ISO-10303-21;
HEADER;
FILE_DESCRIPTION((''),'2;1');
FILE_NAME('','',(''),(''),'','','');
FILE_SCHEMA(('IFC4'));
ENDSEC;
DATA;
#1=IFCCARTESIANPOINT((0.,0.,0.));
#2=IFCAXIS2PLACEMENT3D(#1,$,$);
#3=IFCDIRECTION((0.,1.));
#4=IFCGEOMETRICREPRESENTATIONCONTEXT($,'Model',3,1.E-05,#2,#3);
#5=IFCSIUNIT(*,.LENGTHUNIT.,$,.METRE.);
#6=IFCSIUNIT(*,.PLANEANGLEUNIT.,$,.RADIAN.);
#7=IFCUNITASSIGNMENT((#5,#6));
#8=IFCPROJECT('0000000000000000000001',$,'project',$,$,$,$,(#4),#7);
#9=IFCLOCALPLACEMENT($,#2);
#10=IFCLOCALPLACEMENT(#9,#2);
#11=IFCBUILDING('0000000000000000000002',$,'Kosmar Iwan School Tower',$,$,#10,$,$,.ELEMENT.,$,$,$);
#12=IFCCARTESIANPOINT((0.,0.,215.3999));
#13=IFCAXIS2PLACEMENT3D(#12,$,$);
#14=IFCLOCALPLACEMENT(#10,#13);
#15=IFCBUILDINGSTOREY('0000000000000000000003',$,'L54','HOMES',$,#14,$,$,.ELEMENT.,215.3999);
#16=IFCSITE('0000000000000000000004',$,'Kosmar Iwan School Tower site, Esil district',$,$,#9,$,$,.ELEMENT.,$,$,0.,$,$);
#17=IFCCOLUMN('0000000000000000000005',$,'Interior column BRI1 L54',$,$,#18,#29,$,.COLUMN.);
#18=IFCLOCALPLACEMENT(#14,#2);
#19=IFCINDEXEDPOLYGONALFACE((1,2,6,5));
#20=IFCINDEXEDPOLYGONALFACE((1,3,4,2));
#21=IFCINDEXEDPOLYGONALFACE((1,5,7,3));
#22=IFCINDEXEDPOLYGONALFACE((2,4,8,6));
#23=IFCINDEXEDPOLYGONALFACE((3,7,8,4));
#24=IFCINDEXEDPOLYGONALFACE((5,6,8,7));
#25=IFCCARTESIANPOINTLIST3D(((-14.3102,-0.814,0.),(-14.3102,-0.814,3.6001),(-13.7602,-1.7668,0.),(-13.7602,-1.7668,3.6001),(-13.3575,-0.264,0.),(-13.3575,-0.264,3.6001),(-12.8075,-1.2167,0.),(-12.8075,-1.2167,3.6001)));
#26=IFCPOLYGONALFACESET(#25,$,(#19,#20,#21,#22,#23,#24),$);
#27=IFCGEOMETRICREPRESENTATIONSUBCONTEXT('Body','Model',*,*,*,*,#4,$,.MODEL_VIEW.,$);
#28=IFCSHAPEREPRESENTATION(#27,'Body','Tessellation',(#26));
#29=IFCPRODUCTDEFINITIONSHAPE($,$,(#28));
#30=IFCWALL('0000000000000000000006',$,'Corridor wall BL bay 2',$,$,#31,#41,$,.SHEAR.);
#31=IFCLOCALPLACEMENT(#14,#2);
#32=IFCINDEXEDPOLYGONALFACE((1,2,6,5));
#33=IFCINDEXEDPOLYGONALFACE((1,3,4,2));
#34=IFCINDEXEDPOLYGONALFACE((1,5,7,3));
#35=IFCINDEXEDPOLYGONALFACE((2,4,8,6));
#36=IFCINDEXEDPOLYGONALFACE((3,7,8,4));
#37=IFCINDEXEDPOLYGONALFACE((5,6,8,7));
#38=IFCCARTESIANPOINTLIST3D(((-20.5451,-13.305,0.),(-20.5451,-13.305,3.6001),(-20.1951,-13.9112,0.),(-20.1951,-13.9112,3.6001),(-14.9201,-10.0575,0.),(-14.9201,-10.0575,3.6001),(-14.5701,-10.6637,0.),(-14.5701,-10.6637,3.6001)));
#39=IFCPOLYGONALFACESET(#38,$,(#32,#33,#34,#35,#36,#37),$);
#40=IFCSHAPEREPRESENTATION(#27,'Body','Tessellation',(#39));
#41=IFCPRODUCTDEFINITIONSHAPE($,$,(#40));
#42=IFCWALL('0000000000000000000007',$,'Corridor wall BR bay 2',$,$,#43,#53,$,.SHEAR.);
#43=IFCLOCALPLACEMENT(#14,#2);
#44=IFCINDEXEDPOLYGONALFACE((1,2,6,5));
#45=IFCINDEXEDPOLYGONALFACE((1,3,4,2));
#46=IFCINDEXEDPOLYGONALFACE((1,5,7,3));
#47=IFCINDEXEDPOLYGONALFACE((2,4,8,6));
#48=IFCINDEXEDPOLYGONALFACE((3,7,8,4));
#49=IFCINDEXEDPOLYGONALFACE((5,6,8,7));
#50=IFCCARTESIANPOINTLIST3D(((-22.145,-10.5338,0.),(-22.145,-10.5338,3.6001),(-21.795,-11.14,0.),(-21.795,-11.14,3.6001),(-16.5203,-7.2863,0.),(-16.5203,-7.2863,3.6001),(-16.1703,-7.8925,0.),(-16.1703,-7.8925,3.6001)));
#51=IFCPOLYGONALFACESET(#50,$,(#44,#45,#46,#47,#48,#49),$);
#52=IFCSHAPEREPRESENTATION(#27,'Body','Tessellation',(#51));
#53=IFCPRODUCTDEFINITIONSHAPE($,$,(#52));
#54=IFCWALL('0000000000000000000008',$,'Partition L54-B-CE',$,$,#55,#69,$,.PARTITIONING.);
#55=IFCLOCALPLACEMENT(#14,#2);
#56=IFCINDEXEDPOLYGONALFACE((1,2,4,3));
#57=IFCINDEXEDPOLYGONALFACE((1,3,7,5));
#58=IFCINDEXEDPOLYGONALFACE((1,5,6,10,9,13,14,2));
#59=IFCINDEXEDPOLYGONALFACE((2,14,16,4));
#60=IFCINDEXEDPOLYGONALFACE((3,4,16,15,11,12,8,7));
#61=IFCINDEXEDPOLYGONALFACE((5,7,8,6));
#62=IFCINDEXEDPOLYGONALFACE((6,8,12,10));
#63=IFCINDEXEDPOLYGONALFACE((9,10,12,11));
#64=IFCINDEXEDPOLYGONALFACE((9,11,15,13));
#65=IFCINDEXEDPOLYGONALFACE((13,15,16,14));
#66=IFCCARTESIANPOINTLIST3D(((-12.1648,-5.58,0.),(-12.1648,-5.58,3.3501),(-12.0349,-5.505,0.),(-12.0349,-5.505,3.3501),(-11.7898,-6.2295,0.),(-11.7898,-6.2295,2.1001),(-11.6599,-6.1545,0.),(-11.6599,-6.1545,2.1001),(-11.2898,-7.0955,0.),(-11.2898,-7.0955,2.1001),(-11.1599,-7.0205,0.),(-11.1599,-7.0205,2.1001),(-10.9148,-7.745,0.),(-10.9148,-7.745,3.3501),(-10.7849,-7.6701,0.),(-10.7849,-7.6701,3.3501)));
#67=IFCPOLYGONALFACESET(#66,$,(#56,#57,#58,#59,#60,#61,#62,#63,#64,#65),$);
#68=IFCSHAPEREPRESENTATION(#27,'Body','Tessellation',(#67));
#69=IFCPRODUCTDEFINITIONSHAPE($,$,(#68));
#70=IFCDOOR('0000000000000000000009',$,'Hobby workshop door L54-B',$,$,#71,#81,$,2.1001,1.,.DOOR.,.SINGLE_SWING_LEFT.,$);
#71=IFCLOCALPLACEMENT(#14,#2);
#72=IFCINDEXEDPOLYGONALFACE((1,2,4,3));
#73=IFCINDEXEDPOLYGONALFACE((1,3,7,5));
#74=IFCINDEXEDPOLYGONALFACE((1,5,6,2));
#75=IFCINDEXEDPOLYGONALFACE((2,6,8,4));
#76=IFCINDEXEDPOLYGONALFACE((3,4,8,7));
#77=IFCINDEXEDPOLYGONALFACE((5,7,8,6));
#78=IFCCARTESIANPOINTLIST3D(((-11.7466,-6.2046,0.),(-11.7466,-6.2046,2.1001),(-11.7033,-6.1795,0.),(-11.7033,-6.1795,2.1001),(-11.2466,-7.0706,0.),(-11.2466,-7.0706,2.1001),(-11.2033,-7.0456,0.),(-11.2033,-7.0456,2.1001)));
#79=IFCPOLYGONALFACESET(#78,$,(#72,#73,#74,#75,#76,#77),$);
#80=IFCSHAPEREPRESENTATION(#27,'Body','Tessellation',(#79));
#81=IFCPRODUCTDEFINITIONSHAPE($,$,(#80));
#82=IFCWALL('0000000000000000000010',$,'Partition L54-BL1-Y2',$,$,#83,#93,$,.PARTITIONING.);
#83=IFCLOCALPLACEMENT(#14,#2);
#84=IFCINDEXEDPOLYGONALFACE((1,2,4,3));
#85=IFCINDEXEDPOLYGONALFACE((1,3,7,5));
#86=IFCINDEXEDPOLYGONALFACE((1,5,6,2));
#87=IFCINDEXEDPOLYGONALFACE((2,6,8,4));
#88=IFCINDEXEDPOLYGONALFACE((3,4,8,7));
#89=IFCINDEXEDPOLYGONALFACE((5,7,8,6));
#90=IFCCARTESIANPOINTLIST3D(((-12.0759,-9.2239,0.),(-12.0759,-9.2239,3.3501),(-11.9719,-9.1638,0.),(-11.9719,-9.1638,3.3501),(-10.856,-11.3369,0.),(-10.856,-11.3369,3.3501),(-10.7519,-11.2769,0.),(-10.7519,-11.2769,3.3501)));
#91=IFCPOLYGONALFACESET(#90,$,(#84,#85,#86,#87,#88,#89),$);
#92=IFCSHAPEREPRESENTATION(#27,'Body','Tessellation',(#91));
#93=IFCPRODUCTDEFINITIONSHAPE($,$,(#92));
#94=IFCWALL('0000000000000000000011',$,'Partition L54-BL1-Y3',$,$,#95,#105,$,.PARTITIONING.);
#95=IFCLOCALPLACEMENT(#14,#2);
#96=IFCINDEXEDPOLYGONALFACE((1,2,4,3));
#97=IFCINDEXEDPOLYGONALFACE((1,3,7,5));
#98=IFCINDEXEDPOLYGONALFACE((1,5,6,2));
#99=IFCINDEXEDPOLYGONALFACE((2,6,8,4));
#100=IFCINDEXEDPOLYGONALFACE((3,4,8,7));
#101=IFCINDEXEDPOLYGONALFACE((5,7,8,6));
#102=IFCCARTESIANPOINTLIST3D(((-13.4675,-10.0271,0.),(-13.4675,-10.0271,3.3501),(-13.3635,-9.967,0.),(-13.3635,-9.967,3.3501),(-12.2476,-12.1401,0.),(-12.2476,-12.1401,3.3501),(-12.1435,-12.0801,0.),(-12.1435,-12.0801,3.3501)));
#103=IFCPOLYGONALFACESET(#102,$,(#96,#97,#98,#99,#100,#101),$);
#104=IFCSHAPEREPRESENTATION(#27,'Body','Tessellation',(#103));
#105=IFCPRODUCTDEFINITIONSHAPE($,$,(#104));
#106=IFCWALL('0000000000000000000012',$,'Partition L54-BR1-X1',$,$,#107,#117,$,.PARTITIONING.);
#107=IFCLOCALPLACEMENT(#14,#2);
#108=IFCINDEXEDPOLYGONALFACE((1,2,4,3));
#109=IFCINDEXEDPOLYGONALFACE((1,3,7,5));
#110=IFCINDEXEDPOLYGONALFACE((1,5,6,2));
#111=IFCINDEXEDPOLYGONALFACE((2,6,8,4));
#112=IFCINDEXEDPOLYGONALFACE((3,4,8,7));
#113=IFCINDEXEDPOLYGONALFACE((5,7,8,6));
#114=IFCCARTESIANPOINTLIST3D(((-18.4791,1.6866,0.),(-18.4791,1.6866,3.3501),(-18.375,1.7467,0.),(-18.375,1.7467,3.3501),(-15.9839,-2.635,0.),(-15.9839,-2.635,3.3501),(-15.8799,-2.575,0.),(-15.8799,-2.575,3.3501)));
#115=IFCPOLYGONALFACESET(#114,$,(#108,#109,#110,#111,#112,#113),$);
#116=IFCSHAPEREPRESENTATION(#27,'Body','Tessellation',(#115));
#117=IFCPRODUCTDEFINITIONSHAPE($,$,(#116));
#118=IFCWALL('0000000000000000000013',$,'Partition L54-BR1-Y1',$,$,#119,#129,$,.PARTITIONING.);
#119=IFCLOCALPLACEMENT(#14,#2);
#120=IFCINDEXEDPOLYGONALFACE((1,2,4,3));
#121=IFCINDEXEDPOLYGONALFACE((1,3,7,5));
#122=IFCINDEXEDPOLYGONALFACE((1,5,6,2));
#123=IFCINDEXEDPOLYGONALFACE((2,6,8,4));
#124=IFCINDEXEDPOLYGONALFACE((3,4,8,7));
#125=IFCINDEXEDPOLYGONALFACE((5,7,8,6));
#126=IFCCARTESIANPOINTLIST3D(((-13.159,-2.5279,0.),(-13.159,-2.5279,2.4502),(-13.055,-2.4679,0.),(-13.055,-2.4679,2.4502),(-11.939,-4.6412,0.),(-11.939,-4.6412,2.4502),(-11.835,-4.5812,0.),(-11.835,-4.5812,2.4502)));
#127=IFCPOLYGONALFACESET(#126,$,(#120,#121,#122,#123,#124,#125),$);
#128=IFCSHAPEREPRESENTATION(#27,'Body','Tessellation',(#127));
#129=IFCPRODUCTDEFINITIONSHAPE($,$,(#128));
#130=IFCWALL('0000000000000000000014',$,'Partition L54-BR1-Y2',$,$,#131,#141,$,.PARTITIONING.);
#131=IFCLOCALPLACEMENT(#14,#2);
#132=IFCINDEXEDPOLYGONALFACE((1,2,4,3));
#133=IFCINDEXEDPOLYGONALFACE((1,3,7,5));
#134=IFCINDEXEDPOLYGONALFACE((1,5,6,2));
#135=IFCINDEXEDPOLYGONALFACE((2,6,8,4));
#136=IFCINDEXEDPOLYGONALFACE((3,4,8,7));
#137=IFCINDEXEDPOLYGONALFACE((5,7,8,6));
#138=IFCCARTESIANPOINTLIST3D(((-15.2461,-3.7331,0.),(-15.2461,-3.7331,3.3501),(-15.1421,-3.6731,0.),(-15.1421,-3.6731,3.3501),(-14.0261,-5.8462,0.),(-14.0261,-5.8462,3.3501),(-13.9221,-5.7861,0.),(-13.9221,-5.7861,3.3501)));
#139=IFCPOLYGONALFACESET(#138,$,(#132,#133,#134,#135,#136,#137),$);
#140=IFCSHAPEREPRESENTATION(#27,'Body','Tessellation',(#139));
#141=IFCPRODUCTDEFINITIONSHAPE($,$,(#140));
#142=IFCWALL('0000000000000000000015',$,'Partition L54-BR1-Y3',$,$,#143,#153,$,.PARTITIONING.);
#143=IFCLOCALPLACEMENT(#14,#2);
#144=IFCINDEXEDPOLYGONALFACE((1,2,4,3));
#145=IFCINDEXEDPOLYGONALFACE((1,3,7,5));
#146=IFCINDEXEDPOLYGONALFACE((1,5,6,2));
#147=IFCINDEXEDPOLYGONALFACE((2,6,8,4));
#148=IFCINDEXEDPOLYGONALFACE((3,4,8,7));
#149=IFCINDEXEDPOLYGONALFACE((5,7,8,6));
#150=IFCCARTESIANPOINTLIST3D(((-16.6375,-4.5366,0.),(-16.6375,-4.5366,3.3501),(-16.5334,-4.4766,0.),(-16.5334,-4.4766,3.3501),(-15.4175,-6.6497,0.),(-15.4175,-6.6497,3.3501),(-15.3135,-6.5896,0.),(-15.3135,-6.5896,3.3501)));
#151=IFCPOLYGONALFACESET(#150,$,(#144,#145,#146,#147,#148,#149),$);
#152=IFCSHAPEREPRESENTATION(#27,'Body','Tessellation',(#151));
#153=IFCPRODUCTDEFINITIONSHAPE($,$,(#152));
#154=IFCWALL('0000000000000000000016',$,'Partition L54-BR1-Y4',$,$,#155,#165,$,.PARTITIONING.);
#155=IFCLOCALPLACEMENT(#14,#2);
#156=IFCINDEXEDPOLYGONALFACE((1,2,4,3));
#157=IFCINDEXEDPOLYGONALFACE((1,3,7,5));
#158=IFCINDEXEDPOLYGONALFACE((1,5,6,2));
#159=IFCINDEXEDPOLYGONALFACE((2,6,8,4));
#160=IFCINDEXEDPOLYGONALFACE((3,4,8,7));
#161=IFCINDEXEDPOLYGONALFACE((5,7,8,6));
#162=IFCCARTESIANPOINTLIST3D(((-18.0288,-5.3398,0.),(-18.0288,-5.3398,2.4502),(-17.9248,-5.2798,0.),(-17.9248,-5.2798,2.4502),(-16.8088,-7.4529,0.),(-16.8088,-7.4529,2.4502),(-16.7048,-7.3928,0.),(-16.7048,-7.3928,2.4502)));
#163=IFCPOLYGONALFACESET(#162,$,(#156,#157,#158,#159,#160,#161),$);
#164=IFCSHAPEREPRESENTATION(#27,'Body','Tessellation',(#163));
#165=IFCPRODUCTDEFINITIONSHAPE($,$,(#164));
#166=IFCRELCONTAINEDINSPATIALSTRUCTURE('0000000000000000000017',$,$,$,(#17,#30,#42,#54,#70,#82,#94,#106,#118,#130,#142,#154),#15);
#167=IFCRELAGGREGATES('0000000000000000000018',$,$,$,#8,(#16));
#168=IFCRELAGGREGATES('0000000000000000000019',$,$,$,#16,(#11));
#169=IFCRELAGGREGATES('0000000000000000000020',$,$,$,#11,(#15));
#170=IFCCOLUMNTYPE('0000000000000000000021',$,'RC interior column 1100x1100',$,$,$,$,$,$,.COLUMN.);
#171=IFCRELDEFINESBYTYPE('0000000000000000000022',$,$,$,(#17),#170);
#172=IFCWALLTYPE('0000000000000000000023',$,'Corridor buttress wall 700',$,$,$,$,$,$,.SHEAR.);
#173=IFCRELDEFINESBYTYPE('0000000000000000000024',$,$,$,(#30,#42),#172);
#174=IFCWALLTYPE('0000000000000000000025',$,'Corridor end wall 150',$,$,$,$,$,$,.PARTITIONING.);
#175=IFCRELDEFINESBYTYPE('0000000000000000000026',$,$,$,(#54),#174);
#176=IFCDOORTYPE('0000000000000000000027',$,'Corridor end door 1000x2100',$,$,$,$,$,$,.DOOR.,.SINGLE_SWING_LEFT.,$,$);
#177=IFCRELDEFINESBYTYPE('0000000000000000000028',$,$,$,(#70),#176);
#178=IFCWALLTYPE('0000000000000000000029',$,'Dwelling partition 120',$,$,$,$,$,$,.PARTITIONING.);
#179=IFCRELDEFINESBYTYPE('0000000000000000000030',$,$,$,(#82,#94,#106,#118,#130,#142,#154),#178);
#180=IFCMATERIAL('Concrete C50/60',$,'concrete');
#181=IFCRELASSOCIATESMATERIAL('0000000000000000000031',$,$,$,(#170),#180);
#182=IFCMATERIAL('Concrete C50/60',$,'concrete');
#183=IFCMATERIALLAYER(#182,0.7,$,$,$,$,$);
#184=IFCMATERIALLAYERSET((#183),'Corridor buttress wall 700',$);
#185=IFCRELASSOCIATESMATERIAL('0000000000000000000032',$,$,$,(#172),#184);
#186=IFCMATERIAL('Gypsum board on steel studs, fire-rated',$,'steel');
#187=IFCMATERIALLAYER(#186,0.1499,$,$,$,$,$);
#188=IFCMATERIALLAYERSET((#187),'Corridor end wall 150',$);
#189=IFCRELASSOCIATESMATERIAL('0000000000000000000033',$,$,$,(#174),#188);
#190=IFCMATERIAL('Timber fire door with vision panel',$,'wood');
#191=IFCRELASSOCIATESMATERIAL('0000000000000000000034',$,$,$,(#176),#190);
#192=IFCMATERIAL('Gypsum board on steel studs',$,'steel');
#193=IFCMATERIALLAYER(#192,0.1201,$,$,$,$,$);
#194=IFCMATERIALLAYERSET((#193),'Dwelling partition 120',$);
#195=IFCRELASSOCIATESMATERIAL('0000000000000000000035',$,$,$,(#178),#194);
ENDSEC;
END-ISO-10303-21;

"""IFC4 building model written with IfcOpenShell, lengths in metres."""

from ifc_helpers import new_model, si_unit, direction, frame, frame_2d, origin, origin_2d, place, context, subcontext, project, spatial, rectangle, extrude, material, layer, layer_set, material_profile, profile_set, type_object, element, fill, save


model = new_model("IFC4")

# Units and contexts
model_context = context("Model", 3, precision=1e-05, world=origin(), true_north=direction((0.0, 1.0)))
body_context = subcontext(model_context, "Body", "Model", "MODEL_VIEW")
ifc_project = project(units=[si_unit("LENGTHUNIT", "METRE"), si_unit("PLANEANGLEUNIT", "RADIAN")], contexts=[model_context])

# Site, building, storey
site_placement = place(None, origin())
site = spatial("IfcSite", under=ifc_project, at=site_placement, Name="Kosmar Iwan School Tower site, Esil district", CompositionType="ELEMENT", RefElevation=0.0)
building_placement = place(site_placement, origin())
building = spatial("IfcBuilding", under=site, at=building_placement, Name="Kosmar Iwan School Tower", CompositionType="ELEMENT")
storey_placement = place(building_placement, frame((0.0, 0.0, 215.3999)))
storey = spatial("IfcBuildingStorey", under=building, at=storey_placement, Name="L54", Description="HOMES", CompositionType="ELEMENT", Elevation=215.3999)

# Column
ifc_material_1 = material(Name="Concrete C50/60", Category="concrete")
ifc_material_profile = material_profile(ifc_material_1, rectangle(XDim=1.1001, YDim=1.1001, at=origin_2d()), Name="RC 1100x1100")
ifc_profile_set = profile_set([ifc_material_profile], Name="Concrete C50/60")
column_type = type_object("IfcColumnType", Name="RC interior column 1100x1100", PredefinedType="COLUMN", material=ifc_profile_set)
column_placement = place(storey_placement, frame((-13.5588, -1.0154, 0.0), z_axis=(0.0, 0.0, 1.0), x_axis=(-0.866025, -0.5, 0.0)))
element("IfcColumn", 1, at=column_placement, inside=storey, type_object=column_type, Name="Interior column BRI1 L54", PredefinedType="COLUMN", context=body_context, shape_type="SweptSolid", body=[
    extrude(rectangle(XDim=1.1001, YDim=1.1001, at=origin_2d()), origin(), (0.0, 0.0, 1.0), 3.6001),
])

# Walls
ifc_material_2 = material(Name="Concrete C50/60", Category="concrete")
ifc_layer_1 = layer(ifc_material_2, 0.7)
ifc_layer_set_1 = layer_set([ifc_layer_1], Name="Corridor buttress wall 700")
wall_type_1 = type_object("IfcWallType", Name="Corridor buttress wall 700", PredefinedType="SHEAR", material=ifc_layer_set_1)
wall_1_placement = place(storey_placement, frame((-14.7451, -10.3606, 0.0), z_axis=(0.0, 0.0, 1.0), x_axis=(-0.866028, -0.499996, 0.0)))
element("IfcWall", 2, at=wall_1_placement, inside=storey, type_object=wall_type_1, Name="Corridor wall BL bay 2", PredefinedType="SHEAR", context=body_context, shape_type="SweptSolid", body=[
    extrude(rectangle(XDim=6.4951, YDim=0.7, at=frame_2d((3.2476, 0.0))), origin(), (0.0, 0.0, 1.0), 3.6001),
])
wall_2_placement = place(storey_placement, frame((-16.3452, -7.5894, 0.0), z_axis=(0.0, 0.0, 1.0), x_axis=(-0.866018, -0.500012, 0.0)))
element("IfcWall", 3, at=wall_2_placement, inside=storey, type_object=wall_type_1, Name="Corridor wall BR bay 2", PredefinedType="SHEAR", context=body_context, shape_type="SweptSolid", body=[
    extrude(rectangle(XDim=6.4949, YDim=0.7, at=frame_2d((3.2476, 0.0))), origin(), (0.0, 0.0, 1.0), 3.6001),
])

# Wall, opening, door
ifc_material_3 = material(Name="Gypsum board on steel studs, fire-rated", Category="steel")
ifc_layer_2 = layer(ifc_material_3, 0.1499)
ifc_layer_set_2 = layer_set([ifc_layer_2], Name="Corridor end wall 150")
wall_type_2 = type_object("IfcWallType", Name="Corridor end wall 150", PredefinedType="PARTITIONING", material=ifc_layer_set_2)
wall_3_placement = place(storey_placement, frame((-12.0999, -5.5425, 0.0), z_axis=(0.0, 0.0, 1.0), x_axis=(0.500004, -0.866023, 0.0)))
wall_3 = element("IfcWall", 4, at=wall_3_placement, inside=storey, type_object=wall_type_2, Name="Partition L54-B-CE", PredefinedType="PARTITIONING", context=body_context, shape_type="SweptSolid", body=[
    extrude(rectangle(XDim=2.5, YDim=0.1499, at=frame_2d((1.25, 0.0))), origin(), (0.0, 0.0, 1.0), 3.3501),
])
opening_placement = place(wall_3_placement, frame((0.75, 0.0, 0.0)))
opening = element("IfcOpeningElement", 5, at=opening_placement, cuts=wall_3, PredefinedType="OPENING", context=body_context, shape_type="SweptSolid", body=[
    extrude(rectangle(XDim=1.0, YDim=2.1001, at=frame_2d((0.5, 1.05))), frame((0.0, 0.0869, 0.0), z_axis=(0.0, -1.0, 0.0), x_axis=(1.0, 0.0, 0.0)), (0.0, 0.0, 1.0), 0.1738),
])
ifc_material_4 = material(Name="Timber fire door with vision panel", Category="wood")
door_type = type_object("IfcDoorType", Name="Corridor end door 1000x2100", OperationType="SINGLE_SWING_LEFT", PredefinedType="DOOR", material=ifc_material_4)
door_placement = place(opening_placement, origin())
door = element("IfcDoor", 6, at=door_placement, inside=storey, type_object=door_type, Name="Hobby workshop door L54-B", OperationType="SINGLE_SWING_LEFT", OverallHeight=2.1001, OverallWidth=1.0, PredefinedType="DOOR", context=body_context, shape_type="SweptSolid", body=[
    extrude(rectangle(XDim=1.0, YDim=2.1001, at=frame_2d((0.5, 1.05))), frame((0.0, 0.0249, 0.0), z_axis=(0.0, -1.0, 0.0), x_axis=(1.0, 0.0, 0.0)), (0.0, 0.0, 1.0), 0.05),
])
fill(opening, door)

# Walls
ifc_material_5 = material(Name="Gypsum board on steel studs", Category="steel")
ifc_layer_3 = layer(ifc_material_5, 0.1201)
ifc_layer_set_3 = layer_set([ifc_layer_3], Name="Dwelling partition 120")
wall_type_3 = type_object("IfcWallType", Name="Dwelling partition 120", PredefinedType="PARTITIONING", material=ifc_layer_set_3)
for number, where, z_axis, x_axis, name in (
    (7, (-12.0239, -9.1938, 0.0), (0.0, 0.0, 1.0), (0.500003, -0.866024, 0.0), "Partition L54-BL1-Y2"),
    (8, (-13.4155, -9.9971, 0.0), (0.0, 0.0, 1.0), (0.500003, -0.866024, 0.0), "Partition L54-BL1-Y3"),
):
    element("IfcWall", number, at=place(storey_placement, frame(where, z_axis=z_axis, x_axis=x_axis)), inside=storey, type_object=wall_type_3, Name=name, PredefinedType="PARTITIONING", context=body_context, shape_type="SweptSolid", body=[
        extrude(rectangle(XDim=2.4399, YDim=0.1201, at=frame_2d((1.22, 0.0))), origin(), (0.0, 0.0, 1.0), 3.3501),
    ])
wall_4_placement = place(storey_placement, frame((-15.9319, -2.605, 0.0), z_axis=(0.0, 0.0, 1.0), x_axis=(-0.500012, 0.866019, 0.0)))
element("IfcWall", 9, at=wall_4_placement, inside=storey, type_object=wall_type_3, Name="Partition L54-BR1-X1", PredefinedType="PARTITIONING", context=body_context, shape_type="SweptSolid", body=[
    extrude(rectangle(XDim=4.9902, YDim=0.1201, at=frame_2d((2.4951, 0.0))), origin(), (0.0, 0.0, 1.0), 3.3501),
])
wall_5_placement = place(storey_placement, frame((-11.887, -4.6113, 0.0), z_axis=(0.0, 0.0, 1.0), x_axis=(-0.499959, 0.866049, 0.0)))
element("IfcWall", 10, at=wall_5_placement, inside=storey, type_object=wall_type_3, Name="Partition L54-BR1-Y1", PredefinedType="PARTITIONING", context=body_context, shape_type="SweptSolid", body=[
    extrude(rectangle(XDim=2.4402, YDim=0.1201, at=frame_2d((1.2202, 0.0))), origin(), (0.0, 0.0, 1.0), 2.4502),
])
for number, where, z_axis, x_axis, name in (
    (11, (-13.9741, -5.8162, 0.0), (0.0, 0.0, 1.0), (-0.500003, 0.866024, 0.0), "Partition L54-BR1-Y2"),
    (12, (-15.3655, -6.6196, 0.0), (0.0, 0.0, 1.0), (-0.500003, 0.866024, 0.0), "Partition L54-BR1-Y3"),
):
    element("IfcWall", number, at=place(storey_placement, frame(where, z_axis=z_axis, x_axis=x_axis)), inside=storey, type_object=wall_type_3, Name=name, PredefinedType="PARTITIONING", context=body_context, shape_type="SweptSolid", body=[
        extrude(rectangle(XDim=2.4399, YDim=0.1201, at=frame_2d((1.22, 0.0))), origin(), (0.0, 0.0, 1.0), 3.3501),
    ])
wall_6_placement = place(storey_placement, frame((-16.7568, -7.4229, 0.0), z_axis=(0.0, 0.0, 1.0), x_axis=(-0.500003, 0.866024, 0.0)))
element("IfcWall", 13, at=wall_6_placement, inside=storey, type_object=wall_type_3, Name="Partition L54-BR1-Y4", PredefinedType="PARTITIONING", context=body_context, shape_type="SweptSolid", body=[
    extrude(rectangle(XDim=2.4399, YDim=0.1201, at=frame_2d((1.22, 0.0))), origin(), (0.0, 0.0, 1.0), 2.4502),
])

save(model, "model.ifc")
